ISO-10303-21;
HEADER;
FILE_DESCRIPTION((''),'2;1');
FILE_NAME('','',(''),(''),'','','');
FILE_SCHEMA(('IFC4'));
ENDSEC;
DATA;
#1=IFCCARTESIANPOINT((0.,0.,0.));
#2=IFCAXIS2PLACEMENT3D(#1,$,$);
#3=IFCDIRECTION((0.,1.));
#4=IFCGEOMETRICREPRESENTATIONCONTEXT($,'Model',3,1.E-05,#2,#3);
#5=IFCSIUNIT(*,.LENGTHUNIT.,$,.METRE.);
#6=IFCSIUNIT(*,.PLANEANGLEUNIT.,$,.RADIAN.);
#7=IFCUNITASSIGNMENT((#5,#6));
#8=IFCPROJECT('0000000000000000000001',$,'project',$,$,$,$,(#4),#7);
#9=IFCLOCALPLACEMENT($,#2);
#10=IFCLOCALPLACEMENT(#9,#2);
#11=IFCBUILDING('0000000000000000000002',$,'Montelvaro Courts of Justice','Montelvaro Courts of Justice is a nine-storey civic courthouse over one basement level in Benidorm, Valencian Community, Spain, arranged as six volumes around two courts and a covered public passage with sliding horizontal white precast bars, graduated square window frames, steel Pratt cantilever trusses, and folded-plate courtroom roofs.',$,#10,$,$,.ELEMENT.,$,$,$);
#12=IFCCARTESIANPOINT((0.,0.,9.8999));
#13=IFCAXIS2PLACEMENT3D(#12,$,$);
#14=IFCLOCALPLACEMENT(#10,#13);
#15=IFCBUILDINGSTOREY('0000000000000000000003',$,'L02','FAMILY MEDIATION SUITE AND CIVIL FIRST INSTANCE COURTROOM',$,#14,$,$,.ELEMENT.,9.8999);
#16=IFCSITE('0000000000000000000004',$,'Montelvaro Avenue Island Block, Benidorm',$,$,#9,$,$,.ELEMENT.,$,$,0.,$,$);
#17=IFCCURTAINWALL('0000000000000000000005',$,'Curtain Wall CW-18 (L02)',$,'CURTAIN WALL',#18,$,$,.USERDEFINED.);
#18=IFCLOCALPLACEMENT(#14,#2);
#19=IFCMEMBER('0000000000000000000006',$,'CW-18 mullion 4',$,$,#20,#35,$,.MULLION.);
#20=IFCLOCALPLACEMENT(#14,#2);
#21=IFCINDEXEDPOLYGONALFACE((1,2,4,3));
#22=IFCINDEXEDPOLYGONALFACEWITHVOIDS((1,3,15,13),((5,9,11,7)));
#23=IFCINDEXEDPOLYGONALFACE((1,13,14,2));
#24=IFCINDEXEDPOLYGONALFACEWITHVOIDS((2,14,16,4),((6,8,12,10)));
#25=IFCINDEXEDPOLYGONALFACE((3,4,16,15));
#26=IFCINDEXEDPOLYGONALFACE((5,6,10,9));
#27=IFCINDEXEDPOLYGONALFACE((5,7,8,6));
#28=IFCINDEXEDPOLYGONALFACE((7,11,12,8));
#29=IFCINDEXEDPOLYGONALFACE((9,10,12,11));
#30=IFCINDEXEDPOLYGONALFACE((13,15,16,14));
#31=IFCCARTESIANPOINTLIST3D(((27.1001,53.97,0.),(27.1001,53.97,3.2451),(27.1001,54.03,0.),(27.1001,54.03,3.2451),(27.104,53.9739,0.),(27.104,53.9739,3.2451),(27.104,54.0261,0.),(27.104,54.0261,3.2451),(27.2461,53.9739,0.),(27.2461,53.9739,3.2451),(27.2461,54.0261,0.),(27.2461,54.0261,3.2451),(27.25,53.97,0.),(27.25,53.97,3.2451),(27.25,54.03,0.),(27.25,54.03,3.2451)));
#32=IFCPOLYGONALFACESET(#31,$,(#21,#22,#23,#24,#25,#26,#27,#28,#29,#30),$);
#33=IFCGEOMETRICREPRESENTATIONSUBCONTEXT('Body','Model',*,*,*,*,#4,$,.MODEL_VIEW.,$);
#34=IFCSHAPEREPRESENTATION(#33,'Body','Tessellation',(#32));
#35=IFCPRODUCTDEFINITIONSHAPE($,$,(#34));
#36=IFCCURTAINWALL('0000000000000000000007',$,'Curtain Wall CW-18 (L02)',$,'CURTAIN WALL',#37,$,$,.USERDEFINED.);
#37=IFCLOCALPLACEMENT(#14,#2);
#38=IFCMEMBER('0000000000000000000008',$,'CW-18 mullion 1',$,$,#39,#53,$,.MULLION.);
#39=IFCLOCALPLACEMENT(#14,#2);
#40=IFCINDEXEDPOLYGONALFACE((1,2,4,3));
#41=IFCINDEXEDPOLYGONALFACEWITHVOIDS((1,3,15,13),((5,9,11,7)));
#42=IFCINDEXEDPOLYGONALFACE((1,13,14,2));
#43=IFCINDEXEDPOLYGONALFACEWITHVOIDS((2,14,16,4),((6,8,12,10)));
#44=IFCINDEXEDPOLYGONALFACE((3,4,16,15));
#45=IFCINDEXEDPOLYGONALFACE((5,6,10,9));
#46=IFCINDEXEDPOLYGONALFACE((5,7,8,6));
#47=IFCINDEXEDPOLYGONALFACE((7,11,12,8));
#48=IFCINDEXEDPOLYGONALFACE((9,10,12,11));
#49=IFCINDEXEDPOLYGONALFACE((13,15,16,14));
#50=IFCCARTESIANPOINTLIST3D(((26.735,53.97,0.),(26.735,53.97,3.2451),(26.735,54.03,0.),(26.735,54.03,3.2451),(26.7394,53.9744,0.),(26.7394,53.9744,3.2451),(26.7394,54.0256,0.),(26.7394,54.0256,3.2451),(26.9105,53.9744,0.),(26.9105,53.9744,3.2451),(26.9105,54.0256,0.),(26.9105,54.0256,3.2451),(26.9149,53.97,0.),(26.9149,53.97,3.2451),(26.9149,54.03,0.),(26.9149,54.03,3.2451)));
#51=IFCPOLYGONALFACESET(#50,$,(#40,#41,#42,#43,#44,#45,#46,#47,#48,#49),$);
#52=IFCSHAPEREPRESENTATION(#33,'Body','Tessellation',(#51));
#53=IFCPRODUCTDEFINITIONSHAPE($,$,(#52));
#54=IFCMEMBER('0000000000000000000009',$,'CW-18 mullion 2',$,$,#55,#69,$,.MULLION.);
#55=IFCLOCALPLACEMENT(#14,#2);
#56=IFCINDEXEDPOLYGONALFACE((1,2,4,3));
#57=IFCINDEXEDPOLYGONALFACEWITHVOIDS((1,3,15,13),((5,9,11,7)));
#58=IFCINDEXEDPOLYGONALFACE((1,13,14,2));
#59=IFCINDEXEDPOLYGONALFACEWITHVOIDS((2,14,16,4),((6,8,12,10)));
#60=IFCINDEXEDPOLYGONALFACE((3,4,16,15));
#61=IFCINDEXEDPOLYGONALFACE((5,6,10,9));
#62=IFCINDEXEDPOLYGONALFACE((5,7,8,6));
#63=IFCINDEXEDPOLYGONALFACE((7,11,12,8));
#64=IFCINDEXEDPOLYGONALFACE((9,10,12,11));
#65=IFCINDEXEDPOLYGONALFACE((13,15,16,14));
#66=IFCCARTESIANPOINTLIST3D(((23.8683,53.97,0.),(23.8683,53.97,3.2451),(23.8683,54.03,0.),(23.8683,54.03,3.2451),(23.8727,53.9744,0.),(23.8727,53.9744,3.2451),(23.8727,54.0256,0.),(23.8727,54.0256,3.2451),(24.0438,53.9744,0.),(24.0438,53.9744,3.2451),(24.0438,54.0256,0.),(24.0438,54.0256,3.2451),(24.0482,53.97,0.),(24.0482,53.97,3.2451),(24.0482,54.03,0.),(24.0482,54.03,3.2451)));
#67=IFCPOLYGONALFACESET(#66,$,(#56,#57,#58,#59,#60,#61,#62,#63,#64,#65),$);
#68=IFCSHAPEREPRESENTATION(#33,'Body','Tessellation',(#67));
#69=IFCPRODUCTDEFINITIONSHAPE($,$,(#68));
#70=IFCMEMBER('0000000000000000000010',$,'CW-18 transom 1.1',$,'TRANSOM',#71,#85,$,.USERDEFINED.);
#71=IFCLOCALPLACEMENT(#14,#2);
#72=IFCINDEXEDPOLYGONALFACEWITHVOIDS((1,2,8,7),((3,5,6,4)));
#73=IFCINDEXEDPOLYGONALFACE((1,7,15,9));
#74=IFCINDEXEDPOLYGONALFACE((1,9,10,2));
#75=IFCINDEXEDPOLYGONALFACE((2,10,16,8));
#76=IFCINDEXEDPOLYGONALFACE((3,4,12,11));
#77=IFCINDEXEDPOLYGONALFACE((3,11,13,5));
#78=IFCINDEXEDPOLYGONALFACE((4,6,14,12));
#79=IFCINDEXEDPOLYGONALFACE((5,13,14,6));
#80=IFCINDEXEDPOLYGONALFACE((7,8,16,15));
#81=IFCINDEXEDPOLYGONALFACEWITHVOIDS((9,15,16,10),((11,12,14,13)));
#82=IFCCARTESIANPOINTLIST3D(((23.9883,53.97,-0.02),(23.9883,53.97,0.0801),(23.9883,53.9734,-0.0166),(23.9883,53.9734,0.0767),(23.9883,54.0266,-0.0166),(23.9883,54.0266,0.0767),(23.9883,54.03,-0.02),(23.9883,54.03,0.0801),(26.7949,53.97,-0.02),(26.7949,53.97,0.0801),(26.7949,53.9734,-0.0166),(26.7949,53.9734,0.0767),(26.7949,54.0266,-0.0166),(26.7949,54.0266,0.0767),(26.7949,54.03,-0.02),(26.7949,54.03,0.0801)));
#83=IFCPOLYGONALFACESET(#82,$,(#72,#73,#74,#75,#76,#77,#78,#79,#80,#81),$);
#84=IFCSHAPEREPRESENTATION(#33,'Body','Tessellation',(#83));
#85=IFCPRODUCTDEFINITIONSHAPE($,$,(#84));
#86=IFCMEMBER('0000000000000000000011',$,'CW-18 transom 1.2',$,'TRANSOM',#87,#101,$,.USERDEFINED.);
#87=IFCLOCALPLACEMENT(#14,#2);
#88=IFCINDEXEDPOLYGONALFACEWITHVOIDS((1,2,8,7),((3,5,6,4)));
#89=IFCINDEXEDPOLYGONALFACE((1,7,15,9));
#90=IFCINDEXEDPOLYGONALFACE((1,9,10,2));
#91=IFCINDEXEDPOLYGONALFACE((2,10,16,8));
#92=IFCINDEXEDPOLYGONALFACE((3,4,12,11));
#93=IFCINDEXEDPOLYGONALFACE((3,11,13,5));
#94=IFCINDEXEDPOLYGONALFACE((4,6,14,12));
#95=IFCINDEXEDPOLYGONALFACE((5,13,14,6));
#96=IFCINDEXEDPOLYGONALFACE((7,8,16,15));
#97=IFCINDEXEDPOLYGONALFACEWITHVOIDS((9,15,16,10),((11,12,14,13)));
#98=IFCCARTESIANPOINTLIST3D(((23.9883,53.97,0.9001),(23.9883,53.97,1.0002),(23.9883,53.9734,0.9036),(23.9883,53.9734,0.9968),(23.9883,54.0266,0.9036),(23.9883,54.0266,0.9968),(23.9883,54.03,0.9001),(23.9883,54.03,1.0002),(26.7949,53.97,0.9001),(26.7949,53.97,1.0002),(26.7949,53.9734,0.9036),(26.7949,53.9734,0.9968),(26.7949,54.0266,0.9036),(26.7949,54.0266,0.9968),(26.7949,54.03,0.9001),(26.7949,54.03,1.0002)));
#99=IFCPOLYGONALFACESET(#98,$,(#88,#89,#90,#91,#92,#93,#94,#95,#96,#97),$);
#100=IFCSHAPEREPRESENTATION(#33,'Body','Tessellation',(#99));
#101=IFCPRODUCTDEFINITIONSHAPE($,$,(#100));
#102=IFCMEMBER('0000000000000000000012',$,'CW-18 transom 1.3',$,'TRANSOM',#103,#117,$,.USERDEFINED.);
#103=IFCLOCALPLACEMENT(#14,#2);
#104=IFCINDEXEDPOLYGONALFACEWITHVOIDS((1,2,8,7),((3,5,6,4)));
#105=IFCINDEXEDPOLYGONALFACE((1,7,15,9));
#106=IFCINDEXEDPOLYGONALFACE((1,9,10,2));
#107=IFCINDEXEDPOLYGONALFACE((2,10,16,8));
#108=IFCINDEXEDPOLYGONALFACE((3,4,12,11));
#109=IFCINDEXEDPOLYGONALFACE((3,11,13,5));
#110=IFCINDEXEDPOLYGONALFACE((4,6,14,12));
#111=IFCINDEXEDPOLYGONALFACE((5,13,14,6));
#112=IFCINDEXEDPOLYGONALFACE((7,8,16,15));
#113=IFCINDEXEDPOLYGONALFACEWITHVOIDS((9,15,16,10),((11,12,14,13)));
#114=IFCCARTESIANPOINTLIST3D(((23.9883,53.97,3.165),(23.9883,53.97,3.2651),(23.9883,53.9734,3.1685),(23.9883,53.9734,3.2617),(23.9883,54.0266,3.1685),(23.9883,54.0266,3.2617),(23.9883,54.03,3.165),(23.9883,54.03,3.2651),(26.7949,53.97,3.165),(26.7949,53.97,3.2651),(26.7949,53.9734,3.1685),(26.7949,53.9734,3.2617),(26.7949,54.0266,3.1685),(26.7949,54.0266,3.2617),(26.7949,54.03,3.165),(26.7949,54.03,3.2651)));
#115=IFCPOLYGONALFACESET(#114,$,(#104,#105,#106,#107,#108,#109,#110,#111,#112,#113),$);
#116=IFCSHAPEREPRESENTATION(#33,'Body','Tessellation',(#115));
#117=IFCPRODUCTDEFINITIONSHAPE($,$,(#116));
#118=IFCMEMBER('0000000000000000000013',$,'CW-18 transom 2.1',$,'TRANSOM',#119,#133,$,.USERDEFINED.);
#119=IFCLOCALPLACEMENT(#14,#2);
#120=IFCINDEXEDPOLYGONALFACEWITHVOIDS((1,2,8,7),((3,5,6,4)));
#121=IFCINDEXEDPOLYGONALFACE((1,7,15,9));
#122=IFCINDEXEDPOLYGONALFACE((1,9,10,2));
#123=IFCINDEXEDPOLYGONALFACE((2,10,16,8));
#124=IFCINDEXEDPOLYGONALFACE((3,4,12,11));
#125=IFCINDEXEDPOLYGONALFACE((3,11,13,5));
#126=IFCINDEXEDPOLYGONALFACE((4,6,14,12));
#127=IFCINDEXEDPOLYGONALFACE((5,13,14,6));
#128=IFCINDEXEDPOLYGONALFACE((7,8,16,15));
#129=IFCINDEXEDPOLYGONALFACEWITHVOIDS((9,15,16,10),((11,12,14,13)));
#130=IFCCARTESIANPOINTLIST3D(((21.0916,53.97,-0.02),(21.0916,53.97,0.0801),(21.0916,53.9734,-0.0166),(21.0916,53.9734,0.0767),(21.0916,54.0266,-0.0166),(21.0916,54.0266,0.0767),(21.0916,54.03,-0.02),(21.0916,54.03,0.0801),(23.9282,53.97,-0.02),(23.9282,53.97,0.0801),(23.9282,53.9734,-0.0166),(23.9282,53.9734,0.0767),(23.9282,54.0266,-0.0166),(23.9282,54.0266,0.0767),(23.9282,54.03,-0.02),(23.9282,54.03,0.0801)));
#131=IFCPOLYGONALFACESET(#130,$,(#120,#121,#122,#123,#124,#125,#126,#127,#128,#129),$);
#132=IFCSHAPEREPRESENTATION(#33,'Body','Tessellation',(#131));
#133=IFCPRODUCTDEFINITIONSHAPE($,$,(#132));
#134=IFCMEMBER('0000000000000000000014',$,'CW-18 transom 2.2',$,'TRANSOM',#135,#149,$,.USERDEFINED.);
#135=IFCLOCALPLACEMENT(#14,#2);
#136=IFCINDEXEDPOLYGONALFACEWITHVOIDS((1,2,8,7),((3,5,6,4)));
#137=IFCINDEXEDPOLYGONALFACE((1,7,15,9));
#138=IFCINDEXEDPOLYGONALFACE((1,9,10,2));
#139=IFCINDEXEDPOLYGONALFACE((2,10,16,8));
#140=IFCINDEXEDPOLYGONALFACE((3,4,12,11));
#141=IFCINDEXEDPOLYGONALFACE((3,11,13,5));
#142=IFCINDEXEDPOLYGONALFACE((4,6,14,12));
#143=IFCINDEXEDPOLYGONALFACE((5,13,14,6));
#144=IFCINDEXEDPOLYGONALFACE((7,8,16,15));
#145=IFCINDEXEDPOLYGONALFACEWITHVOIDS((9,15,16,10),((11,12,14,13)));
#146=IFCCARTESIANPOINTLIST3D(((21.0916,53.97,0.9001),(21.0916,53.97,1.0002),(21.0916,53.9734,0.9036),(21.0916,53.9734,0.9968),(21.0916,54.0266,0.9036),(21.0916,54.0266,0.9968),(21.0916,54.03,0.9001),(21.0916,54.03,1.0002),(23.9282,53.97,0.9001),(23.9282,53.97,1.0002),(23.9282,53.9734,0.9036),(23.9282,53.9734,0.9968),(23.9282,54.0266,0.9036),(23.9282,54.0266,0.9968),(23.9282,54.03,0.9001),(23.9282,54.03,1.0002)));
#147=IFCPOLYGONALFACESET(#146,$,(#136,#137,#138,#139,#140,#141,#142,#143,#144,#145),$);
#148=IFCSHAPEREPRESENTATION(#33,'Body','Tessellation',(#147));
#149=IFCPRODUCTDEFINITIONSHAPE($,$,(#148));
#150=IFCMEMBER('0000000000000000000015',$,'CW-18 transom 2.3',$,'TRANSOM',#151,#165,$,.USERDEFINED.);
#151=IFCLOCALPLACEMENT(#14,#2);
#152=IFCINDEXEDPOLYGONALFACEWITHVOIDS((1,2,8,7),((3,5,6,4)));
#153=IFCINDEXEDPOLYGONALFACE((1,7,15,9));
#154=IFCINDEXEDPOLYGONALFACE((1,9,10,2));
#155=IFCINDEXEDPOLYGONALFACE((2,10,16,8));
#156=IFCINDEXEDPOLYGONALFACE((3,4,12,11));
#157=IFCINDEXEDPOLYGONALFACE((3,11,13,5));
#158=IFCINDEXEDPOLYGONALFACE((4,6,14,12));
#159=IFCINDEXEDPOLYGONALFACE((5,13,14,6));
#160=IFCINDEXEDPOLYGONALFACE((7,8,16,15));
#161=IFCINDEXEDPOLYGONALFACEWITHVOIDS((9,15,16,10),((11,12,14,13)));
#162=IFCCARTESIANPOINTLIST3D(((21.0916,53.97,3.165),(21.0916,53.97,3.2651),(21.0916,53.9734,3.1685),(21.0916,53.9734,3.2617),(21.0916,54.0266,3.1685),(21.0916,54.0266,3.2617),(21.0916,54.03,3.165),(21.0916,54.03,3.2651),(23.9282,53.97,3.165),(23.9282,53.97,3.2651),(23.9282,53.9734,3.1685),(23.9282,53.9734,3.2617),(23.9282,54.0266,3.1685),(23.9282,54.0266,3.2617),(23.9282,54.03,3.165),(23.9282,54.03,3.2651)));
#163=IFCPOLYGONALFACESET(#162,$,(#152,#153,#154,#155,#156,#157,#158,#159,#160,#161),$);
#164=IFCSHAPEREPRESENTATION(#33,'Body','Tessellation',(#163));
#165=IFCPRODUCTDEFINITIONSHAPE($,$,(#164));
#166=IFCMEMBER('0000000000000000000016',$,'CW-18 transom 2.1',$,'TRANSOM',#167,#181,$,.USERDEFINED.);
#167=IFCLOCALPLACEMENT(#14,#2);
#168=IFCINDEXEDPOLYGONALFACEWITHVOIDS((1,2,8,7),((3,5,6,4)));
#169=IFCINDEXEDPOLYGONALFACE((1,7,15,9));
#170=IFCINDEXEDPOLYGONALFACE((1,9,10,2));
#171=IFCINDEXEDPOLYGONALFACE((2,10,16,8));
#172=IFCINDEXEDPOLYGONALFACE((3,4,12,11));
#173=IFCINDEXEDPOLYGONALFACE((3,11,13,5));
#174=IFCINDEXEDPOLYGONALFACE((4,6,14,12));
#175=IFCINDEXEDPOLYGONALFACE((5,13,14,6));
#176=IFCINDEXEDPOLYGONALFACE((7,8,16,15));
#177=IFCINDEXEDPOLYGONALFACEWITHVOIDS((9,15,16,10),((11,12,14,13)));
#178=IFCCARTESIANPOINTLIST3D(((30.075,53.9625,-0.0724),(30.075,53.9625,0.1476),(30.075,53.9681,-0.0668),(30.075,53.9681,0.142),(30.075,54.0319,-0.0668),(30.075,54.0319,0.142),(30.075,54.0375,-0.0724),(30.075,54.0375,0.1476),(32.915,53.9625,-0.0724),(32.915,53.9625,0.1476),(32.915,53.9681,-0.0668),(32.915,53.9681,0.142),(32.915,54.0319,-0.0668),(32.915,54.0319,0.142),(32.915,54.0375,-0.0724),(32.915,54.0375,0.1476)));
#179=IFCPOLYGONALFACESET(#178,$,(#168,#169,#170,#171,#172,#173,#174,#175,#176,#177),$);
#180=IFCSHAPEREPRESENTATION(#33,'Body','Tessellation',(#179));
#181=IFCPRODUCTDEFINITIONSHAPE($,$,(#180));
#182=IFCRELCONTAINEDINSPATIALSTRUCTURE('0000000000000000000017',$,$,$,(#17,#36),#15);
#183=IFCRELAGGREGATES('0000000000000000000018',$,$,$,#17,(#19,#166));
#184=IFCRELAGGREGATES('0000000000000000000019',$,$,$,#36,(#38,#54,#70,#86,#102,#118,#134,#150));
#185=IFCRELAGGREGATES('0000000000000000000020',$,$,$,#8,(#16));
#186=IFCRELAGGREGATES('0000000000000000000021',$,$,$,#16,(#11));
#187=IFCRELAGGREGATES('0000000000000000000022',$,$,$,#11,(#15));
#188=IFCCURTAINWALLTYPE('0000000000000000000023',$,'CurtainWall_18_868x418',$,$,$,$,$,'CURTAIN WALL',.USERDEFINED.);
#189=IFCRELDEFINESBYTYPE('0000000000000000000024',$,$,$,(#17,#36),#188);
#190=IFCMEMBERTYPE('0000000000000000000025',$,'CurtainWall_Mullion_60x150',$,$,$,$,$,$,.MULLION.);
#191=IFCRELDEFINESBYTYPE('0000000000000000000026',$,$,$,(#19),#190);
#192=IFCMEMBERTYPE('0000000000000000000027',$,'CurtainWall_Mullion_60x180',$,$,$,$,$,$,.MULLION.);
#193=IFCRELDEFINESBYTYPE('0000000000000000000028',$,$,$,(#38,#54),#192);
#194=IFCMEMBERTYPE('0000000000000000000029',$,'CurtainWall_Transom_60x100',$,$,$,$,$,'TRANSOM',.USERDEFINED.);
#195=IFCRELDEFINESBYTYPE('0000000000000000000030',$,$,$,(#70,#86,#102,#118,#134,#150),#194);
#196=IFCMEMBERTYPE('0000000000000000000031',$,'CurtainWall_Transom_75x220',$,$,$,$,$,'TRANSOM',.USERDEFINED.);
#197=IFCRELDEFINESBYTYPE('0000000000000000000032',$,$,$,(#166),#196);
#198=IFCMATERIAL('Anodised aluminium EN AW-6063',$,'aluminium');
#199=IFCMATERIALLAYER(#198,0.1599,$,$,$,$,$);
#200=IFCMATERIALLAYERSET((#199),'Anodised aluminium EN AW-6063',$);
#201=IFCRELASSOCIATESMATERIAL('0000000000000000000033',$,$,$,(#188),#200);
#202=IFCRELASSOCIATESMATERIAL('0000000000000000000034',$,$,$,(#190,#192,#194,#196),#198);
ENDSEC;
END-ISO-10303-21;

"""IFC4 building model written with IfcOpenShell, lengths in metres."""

from ifc_helpers import new_model, si_unit, direction, frame, origin, origin_2d, place, context, subcontext, project, spatial, hollow_rectangle, extrude, material, layer, layer_set, material_profile, profile_set, type_object, element, aggregate, save


model = new_model("IFC4")

# Units and contexts
model_context = context("Model", 3, precision=1e-05, world=origin(), true_north=direction((0.0, 1.0)))
body_context = subcontext(model_context, "Body", "Model", "MODEL_VIEW")
ifc_project = project(units=[si_unit("LENGTHUNIT", "METRE"), si_unit("PLANEANGLEUNIT", "RADIAN")], contexts=[model_context])

# Site, building, storey
site_placement = place(None, origin())
site = spatial("IfcSite", under=ifc_project, at=site_placement, Name="Montelvaro Avenue Island Block, Benidorm", CompositionType="ELEMENT", RefElevation=0.0)
building_placement = place(site_placement, origin())
building = spatial("IfcBuilding", under=site, at=building_placement, Name="Montelvaro Courts of Justice", Description="Montelvaro Courts of Justice is a nine-storey civic courthouse over one basement level in Benidorm, Valencian Community, Spain, arranged as six volumes around two courts and a covered public passage with sliding horizontal white precast bars, graduated square window frames, steel Pratt cantilever trusses, and folded-plate courtroom roofs.", CompositionType="ELEMENT")
storey_placement = place(building_placement, frame((0.0, 0.0, 9.8999)))
storey = spatial("IfcBuildingStorey", under=building, at=storey_placement, Name="L02", Description="FAMILY MEDIATION SUITE AND CIVIL FIRST INSTANCE COURTROOM", CompositionType="ELEMENT", Elevation=9.8999)

# Curtain walls, members
ifc_material_1 = material(Name="Anodised aluminium EN AW-6063", Category="aluminium")
ifc_layer_1 = layer(ifc_material_1, 0.1599)
ifc_layer_set_1 = layer_set([ifc_layer_1], Name="Anodised aluminium EN AW-6063")
curtain_wall_type = type_object("IfcCurtainWallType", Name="CurtainWall_18_868x418", ElementType="CURTAIN WALL", PredefinedType="USERDEFINED", material=ifc_layer_set_1)
curtain_wall_1_placement = place(storey_placement, origin())
curtain_wall_1 = element("IfcCurtainWall", 1, at=curtain_wall_1_placement, inside=storey, type_object=curtain_wall_type, Name="Curtain Wall CW-18 (L02)", ObjectType="CURTAIN WALL", PredefinedType="USERDEFINED")
ifc_material_profile_1 = material_profile(ifc_material_1, hollow_rectangle(XDim=0.0601, YDim=0.1499, WallThickness=0.0039, at=origin_2d()), Name="ALU-M 60x150")
ifc_profile_set_1 = profile_set([ifc_material_profile_1], Name="Anodised aluminium EN AW-6063")
member_type_1 = type_object("IfcMemberType", Name="CurtainWall_Mullion_60x150", PredefinedType="MULLION", material=ifc_profile_set_1)
member_1_placement = place(storey_placement, frame((27.175, 54.0, 0.0), z_axis=(0.0, 0.0, 1.0), x_axis=(0.0, -1.0, 0.0)))
member_1 = element("IfcMember", 2, at=member_1_placement, type_object=member_type_1, Name="CW-18 mullion 4", PredefinedType="MULLION", context=body_context, shape_type="SweptSolid", body=[
    extrude(hollow_rectangle(XDim=0.0601, YDim=0.1499, WallThickness=0.0039, at=origin_2d()), origin(), (0.0, 0.0, 1.0), 3.2451),
])
curtain_wall_2_placement = place(storey_placement, origin())
curtain_wall_2 = element("IfcCurtainWall", 3, at=curtain_wall_2_placement, inside=storey, type_object=curtain_wall_type, Name="Curtain Wall CW-18 (L02)", ObjectType="CURTAIN WALL", PredefinedType="USERDEFINED")
ifc_material_profile_2 = material_profile(ifc_material_1, hollow_rectangle(XDim=0.0601, YDim=0.1799, WallThickness=0.0044, at=origin_2d()), Name="ALU-M 60x180")
ifc_profile_set_2 = profile_set([ifc_material_profile_2], Name="Anodised aluminium EN AW-6063")
member_type_2 = type_object("IfcMemberType", Name="CurtainWall_Mullion_60x180", PredefinedType="MULLION", material=ifc_profile_set_2)
member_2_placement = place(storey_placement, frame((26.825, 54.0, 0.0), z_axis=(0.0, 0.0, 1.0), x_axis=(0.0, -1.0, 0.0)))
member_2 = element("IfcMember", 4, at=member_2_placement, type_object=member_type_2, Name="CW-18 mullion 1", PredefinedType="MULLION", context=body_context, shape_type="SweptSolid", body=[
    extrude(hollow_rectangle(XDim=0.0601, YDim=0.1799, WallThickness=0.0044, at=origin_2d()), origin(), (0.0, 0.0, 1.0), 3.2451),
])
member_3_placement = place(storey_placement, frame((23.9583, 54.0, 0.0), z_axis=(0.0, 0.0, 1.0), x_axis=(0.0, -1.0, 0.0)))
member_3 = element("IfcMember", 5, at=member_3_placement, type_object=member_type_2, Name="CW-18 mullion 2", PredefinedType="MULLION", context=body_context, shape_type="SweptSolid", body=[
    extrude(hollow_rectangle(XDim=0.0601, YDim=0.1799, WallThickness=0.0044, at=origin_2d()), origin(), (0.0, 0.0, 1.0), 3.2451),
])
ifc_material_profile_3 = material_profile(ifc_material_1, hollow_rectangle(XDim=0.0601, YDim=0.1001, WallThickness=0.0034, at=origin_2d()), Name="ALU-T 60x100")
ifc_profile_set_3 = profile_set([ifc_material_profile_3], Name="Anodised aluminium EN AW-6063")
member_type_3 = type_object("IfcMemberType", Name="CurtainWall_Transom_60x100", ElementType="TRANSOM", PredefinedType="USERDEFINED", material=ifc_profile_set_3)
member_4_placement = place(storey_placement, frame((26.7949, 54.0, 0.03), z_axis=(-1.0, 0.0, 0.0), x_axis=(0.0, -1.0, 0.0)))
member_4 = element("IfcMember", 6, at=member_4_placement, type_object=member_type_3, Name="CW-18 transom 1.1", ObjectType="TRANSOM", PredefinedType="USERDEFINED", context=body_context, shape_type="SweptSolid", body=[
    extrude(hollow_rectangle(XDim=0.0601, YDim=0.1001, WallThickness=0.0034, at=origin_2d()), origin(), (0.0, 0.0, 1.0), 2.8066),
])
member_5_placement = place(storey_placement, frame((26.7949, 54.0, 0.9502), z_axis=(-1.0, 0.0, 0.0), x_axis=(0.0, -1.0, 0.0)))
member_5 = element("IfcMember", 7, at=member_5_placement, type_object=member_type_3, Name="CW-18 transom 1.2", ObjectType="TRANSOM", PredefinedType="USERDEFINED", context=body_context, shape_type="SweptSolid", body=[
    extrude(hollow_rectangle(XDim=0.0601, YDim=0.1001, WallThickness=0.0034, at=origin_2d()), origin(), (0.0, 0.0, 1.0), 2.8066),
])
member_6_placement = place(storey_placement, frame((26.7949, 54.0, 3.2151), z_axis=(-1.0, 0.0, 0.0), x_axis=(0.0, -1.0, 0.0)))
member_6 = element("IfcMember", 8, at=member_6_placement, type_object=member_type_3, Name="CW-18 transom 1.3", ObjectType="TRANSOM", PredefinedType="USERDEFINED", context=body_context, shape_type="SweptSolid", body=[
    extrude(hollow_rectangle(XDim=0.0601, YDim=0.1001, WallThickness=0.0034, at=origin_2d()), origin(), (0.0, 0.0, 1.0), 2.8066),
])
member_7_placement = place(storey_placement, frame((23.9282, 54.0, 0.03), z_axis=(-1.0, 0.0, 0.0), x_axis=(0.0, -1.0, 0.0)))
member_7 = element("IfcMember", 9, at=member_7_placement, type_object=member_type_3, Name="CW-18 transom 2.1", ObjectType="TRANSOM", PredefinedType="USERDEFINED", context=body_context, shape_type="SweptSolid", body=[
    extrude(hollow_rectangle(XDim=0.0601, YDim=0.1001, WallThickness=0.0034, at=origin_2d()), origin(), (0.0, 0.0, 1.0), 2.8367),
])
member_8_placement = place(storey_placement, frame((23.9282, 54.0, 0.9502), z_axis=(-1.0, 0.0, 0.0), x_axis=(0.0, -1.0, 0.0)))
member_8 = element("IfcMember", 10, at=member_8_placement, type_object=member_type_3, Name="CW-18 transom 2.2", ObjectType="TRANSOM", PredefinedType="USERDEFINED", context=body_context, shape_type="SweptSolid", body=[
    extrude(hollow_rectangle(XDim=0.0601, YDim=0.1001, WallThickness=0.0034, at=origin_2d()), origin(), (0.0, 0.0, 1.0), 2.8367),
])
member_9_placement = place(storey_placement, frame((23.9282, 54.0, 3.2151), z_axis=(-1.0, 0.0, 0.0), x_axis=(0.0, -1.0, 0.0)))
member_9 = element("IfcMember", 11, at=member_9_placement, type_object=member_type_3, Name="CW-18 transom 2.3", ObjectType="TRANSOM", PredefinedType="USERDEFINED", context=body_context, shape_type="SweptSolid", body=[
    extrude(hollow_rectangle(XDim=0.0601, YDim=0.1001, WallThickness=0.0034, at=origin_2d()), origin(), (0.0, 0.0, 1.0), 2.8367),
])

# Member
ifc_material_profile_4 = material_profile(ifc_material_1, hollow_rectangle(XDim=0.075, YDim=0.22, WallThickness=0.0056, at=origin_2d()), Name="ALU-T 75x220")
ifc_profile_set_4 = profile_set([ifc_material_profile_4], Name="Anodised aluminium EN AW-6063")
member_type_4 = type_object("IfcMemberType", Name="CurtainWall_Transom_75x220", ElementType="TRANSOM", PredefinedType="USERDEFINED", material=ifc_profile_set_4)
member_10_placement = place(storey_placement, frame((32.915, 54.0, 0.0376), z_axis=(-1.0, 0.0, 0.0), x_axis=(0.0, -1.0, 0.0)))
member_10 = element("IfcMember", 12, at=member_10_placement, type_object=member_type_4, Name="CW-18 transom 2.1", ObjectType="TRANSOM", PredefinedType="USERDEFINED", context=body_context, shape_type="SweptSolid", body=[
    extrude(hollow_rectangle(XDim=0.075, YDim=0.22, WallThickness=0.0056, at=origin_2d()), origin(), (0.0, 0.0, 1.0), 2.8401),
])

aggregate(curtain_wall_1, [member_1, member_10])
aggregate(curtain_wall_2, [member_2, member_3, member_4, member_5, member_6, member_7, member_8, member_9])

save(model, "model.ifc")
